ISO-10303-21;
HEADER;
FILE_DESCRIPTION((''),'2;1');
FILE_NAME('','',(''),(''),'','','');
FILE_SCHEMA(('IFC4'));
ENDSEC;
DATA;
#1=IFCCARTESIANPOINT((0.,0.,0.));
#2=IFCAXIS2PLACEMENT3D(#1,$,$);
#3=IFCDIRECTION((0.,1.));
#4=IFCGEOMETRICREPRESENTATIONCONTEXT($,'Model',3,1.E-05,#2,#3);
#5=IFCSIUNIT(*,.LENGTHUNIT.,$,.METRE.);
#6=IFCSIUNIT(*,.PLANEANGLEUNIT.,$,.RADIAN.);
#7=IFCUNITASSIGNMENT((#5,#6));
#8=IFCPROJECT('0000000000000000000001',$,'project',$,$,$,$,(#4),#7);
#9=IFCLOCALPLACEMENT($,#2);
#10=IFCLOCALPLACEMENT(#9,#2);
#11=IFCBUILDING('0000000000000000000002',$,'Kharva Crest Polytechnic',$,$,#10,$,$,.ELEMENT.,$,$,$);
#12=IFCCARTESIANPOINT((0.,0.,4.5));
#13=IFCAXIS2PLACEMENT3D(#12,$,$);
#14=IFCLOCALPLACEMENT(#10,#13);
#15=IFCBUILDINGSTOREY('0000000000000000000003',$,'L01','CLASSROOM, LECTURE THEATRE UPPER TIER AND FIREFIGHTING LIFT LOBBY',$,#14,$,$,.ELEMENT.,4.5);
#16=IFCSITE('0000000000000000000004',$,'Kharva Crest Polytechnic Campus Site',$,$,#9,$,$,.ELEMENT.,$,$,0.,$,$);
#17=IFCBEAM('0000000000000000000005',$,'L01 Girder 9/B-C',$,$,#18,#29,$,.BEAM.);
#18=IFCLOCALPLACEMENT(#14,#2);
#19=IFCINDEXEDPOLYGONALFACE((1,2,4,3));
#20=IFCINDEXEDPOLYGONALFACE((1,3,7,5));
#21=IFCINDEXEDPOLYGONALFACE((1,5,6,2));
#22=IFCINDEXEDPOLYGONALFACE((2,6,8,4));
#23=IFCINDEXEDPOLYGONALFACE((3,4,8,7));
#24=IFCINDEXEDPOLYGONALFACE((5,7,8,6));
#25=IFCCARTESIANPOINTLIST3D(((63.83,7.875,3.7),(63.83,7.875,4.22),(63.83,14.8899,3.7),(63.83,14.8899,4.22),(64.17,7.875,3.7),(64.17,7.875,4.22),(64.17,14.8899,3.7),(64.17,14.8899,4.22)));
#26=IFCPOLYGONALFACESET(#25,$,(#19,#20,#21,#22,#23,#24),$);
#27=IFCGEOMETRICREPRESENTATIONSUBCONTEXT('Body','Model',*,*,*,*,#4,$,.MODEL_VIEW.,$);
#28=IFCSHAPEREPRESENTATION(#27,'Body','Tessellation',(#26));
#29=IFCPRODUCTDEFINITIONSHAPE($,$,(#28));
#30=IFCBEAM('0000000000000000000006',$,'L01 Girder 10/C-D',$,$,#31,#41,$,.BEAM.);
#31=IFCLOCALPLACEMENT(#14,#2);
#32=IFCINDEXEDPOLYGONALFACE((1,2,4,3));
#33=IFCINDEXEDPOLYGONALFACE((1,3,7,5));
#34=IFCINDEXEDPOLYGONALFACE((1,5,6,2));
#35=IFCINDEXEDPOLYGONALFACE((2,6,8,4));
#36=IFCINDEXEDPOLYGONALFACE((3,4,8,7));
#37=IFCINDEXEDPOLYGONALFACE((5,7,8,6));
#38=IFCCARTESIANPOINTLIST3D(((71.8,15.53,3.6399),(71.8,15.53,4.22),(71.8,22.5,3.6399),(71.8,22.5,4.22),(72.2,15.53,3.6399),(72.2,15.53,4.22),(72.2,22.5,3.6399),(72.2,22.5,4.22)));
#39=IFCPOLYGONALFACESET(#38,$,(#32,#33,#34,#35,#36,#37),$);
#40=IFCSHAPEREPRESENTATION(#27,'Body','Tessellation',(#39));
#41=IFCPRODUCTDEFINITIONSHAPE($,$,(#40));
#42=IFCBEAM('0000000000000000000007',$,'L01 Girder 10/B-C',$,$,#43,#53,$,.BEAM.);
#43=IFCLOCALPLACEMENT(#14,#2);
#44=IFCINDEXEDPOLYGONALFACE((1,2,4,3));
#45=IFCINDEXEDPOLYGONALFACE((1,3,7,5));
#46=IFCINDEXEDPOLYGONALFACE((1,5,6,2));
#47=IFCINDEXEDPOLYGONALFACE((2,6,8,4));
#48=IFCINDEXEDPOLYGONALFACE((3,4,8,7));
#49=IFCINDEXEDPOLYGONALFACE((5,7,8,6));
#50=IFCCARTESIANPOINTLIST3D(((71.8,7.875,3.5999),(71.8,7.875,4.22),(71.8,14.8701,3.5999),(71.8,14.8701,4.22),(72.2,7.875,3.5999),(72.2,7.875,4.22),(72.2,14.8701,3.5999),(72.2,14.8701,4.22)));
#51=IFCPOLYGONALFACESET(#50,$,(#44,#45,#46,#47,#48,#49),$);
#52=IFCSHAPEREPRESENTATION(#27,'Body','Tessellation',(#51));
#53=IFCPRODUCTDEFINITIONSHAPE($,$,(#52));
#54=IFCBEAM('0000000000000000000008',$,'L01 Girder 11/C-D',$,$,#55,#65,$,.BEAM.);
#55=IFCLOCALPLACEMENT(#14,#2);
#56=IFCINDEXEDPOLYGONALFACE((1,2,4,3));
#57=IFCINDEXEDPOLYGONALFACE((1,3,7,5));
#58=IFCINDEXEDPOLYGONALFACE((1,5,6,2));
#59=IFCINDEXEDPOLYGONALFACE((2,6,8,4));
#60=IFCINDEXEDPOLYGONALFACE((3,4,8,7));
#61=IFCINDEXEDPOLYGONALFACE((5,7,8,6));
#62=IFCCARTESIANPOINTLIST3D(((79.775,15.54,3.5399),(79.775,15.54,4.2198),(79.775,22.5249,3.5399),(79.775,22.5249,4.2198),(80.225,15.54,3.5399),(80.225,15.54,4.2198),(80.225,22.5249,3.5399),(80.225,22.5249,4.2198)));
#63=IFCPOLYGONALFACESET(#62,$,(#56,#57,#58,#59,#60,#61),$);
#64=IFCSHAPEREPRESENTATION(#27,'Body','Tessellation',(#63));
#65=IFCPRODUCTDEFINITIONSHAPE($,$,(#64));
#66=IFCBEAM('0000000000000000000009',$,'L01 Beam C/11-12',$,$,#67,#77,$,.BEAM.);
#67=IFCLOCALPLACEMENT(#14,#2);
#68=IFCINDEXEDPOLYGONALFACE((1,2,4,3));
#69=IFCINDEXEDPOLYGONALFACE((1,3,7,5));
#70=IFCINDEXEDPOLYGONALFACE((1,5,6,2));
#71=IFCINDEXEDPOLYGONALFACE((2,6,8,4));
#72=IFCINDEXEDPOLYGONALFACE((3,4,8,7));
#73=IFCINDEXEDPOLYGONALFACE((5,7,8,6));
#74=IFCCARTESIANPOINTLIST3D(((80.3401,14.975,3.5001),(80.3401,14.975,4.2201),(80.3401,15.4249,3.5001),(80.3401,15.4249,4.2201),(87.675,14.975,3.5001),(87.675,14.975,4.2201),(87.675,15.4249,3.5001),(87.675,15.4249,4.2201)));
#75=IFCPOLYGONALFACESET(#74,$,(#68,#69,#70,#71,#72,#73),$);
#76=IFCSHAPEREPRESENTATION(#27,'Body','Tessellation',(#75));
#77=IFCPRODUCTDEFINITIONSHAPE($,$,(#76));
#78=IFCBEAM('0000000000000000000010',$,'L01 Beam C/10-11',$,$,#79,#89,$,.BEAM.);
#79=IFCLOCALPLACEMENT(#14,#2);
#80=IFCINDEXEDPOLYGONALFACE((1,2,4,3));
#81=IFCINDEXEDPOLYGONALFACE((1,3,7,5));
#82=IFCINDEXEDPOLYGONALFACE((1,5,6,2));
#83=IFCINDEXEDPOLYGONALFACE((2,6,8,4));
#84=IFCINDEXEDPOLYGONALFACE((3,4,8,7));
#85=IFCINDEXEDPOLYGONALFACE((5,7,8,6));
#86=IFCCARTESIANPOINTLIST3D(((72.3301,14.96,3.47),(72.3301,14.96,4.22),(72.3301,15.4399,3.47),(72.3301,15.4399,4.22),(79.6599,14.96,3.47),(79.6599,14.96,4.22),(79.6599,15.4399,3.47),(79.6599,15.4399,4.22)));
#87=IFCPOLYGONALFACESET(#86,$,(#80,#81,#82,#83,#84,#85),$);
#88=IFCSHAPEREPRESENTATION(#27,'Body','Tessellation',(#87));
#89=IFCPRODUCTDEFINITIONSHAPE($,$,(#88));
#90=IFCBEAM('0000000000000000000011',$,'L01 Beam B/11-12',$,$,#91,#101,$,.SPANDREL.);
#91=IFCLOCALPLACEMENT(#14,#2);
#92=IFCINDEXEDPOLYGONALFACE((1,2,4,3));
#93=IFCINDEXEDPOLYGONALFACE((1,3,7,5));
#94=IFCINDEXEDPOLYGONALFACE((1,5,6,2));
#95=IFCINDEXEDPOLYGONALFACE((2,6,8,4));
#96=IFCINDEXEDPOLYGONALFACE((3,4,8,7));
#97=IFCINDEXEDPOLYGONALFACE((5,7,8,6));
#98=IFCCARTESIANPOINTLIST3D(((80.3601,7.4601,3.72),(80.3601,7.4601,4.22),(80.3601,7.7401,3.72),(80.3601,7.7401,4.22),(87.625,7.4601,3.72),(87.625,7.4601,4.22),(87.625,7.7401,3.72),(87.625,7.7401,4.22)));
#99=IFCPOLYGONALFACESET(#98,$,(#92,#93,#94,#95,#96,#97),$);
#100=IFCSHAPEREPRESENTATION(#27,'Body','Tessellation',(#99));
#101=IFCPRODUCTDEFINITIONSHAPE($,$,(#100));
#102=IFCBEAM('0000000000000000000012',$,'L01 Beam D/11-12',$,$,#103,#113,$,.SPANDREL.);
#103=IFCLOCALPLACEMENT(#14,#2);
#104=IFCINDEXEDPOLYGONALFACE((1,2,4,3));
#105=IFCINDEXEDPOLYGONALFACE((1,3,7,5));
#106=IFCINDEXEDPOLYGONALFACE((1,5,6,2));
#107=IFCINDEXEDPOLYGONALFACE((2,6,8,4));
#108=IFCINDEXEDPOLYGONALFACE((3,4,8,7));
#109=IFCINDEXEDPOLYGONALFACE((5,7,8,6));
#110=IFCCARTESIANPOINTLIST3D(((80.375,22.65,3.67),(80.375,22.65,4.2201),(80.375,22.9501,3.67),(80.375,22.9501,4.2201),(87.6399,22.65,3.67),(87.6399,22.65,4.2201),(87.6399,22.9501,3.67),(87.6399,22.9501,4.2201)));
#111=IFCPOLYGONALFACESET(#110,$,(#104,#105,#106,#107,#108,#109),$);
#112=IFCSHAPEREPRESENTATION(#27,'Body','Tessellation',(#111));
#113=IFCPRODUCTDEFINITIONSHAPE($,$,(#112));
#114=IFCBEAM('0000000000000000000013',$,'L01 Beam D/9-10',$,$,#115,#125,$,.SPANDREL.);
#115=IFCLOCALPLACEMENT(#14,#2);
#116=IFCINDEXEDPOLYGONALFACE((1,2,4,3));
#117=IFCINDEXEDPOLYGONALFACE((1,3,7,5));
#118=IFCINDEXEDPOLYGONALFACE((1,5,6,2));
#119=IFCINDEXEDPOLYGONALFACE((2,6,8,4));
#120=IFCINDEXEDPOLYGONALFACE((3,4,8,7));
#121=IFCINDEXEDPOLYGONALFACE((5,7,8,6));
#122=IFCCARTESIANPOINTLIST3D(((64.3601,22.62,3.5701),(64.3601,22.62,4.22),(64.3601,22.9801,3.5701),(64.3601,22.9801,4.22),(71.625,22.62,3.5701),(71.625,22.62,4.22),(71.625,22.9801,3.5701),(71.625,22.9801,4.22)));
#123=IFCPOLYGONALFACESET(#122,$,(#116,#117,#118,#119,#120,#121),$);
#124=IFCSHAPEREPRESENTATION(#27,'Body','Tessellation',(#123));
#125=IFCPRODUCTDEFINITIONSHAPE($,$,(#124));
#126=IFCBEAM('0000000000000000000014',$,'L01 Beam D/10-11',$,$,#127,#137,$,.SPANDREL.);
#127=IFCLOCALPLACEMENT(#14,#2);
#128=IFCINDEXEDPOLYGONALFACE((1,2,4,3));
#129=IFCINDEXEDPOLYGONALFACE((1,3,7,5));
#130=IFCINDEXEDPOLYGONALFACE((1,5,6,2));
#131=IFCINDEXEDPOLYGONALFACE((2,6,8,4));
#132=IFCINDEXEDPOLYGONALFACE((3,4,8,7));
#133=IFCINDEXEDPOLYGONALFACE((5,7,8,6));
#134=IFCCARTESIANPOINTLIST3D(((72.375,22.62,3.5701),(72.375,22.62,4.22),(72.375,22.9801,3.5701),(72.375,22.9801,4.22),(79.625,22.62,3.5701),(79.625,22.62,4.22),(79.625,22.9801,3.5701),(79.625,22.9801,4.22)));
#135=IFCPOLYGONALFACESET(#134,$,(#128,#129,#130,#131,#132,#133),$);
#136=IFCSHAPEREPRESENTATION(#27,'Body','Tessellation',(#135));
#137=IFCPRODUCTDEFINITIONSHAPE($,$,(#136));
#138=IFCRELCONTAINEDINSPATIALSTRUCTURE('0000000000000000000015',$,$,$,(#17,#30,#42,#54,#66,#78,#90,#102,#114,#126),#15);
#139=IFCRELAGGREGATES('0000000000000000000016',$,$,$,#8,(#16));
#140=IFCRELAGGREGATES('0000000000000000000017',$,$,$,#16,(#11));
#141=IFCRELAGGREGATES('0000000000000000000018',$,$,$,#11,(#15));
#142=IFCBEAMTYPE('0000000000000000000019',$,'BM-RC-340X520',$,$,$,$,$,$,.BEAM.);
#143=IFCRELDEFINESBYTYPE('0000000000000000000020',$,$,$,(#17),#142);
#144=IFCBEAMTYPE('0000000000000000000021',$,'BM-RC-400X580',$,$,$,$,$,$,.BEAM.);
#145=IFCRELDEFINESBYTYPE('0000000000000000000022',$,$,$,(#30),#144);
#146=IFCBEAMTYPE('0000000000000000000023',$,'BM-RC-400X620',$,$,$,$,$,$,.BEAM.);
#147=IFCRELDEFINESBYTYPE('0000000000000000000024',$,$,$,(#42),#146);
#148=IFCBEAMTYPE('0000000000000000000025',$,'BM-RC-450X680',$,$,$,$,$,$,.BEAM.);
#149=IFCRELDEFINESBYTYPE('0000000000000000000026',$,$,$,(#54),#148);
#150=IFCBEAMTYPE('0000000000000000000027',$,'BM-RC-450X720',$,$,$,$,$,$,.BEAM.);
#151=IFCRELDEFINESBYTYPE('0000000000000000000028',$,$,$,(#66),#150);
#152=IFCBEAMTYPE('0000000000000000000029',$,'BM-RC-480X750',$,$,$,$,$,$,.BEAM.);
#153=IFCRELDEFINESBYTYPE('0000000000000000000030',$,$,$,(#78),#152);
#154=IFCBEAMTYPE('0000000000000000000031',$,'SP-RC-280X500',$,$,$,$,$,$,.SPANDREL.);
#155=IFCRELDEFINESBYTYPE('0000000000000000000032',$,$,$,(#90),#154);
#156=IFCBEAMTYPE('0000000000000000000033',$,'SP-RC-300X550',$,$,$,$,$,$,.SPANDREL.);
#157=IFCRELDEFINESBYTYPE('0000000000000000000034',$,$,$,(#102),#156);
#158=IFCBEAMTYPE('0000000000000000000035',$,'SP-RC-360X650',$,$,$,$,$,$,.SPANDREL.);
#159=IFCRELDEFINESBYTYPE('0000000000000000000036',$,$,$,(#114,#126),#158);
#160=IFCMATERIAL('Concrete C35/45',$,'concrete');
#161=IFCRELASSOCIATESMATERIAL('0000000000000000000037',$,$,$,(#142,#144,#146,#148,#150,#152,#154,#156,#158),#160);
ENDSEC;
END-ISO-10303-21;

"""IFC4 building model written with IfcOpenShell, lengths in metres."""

from ifc_helpers import new_model, si_unit, direction, frame, origin, origin_2d, place, context, subcontext, project, spatial, rectangle, extrude, material, material_profile, profile_set, type_object, element, save


model = new_model("IFC4")

# Units and contexts
model_context = context("Model", 3, precision=1e-05, world=origin(), true_north=direction((0.0, 1.0)))
body_context = subcontext(model_context, "Body", "Model", "MODEL_VIEW")
ifc_project = project(units=[si_unit("LENGTHUNIT", "METRE"), si_unit("PLANEANGLEUNIT", "RADIAN")], contexts=[model_context])

# Site, building, storey
site_placement = place(None, origin())
site = spatial("IfcSite", under=ifc_project, at=site_placement, Name="Kharva Crest Polytechnic Campus Site", CompositionType="ELEMENT", RefElevation=0.0)
building_placement = place(site_placement, origin())
building = spatial("IfcBuilding", under=site, at=building_placement, Name="Kharva Crest Polytechnic", CompositionType="ELEMENT")
storey_placement = place(building_placement, frame((0.0, 0.0, 4.5)))
storey = spatial("IfcBuildingStorey", under=building, at=storey_placement, Name="L01", Description="CLASSROOM, LECTURE THEATRE UPPER TIER AND FIREFIGHTING LIFT LOBBY", CompositionType="ELEMENT", Elevation=4.5)

# Beams
ifc_material_1 = material(Name="Concrete C35/45", Category="concrete")
ifc_material_profile_1 = material_profile(ifc_material_1, rectangle(XDim=0.3401, YDim=0.52, at=origin_2d()), Name="RECT 340 X 520")
ifc_profile_set_1 = profile_set([ifc_material_profile_1], Name="Concrete C35/45")
beam_type_1 = type_object("IfcBeamType", Name="BM-RC-340X520", PredefinedType="BEAM", material=ifc_profile_set_1)
beam_1_placement = place(storey_placement, frame((64.0, 7.875, 3.96), z_axis=(0.0, 1.0, 0.0), x_axis=(-1.0, 0.0, 0.0)))
element("IfcBeam", 1, at=beam_1_placement, inside=storey, type_object=beam_type_1, Name="L01 Girder 9/B-C", PredefinedType="BEAM", context=body_context, shape_type="SweptSolid", body=[
    extrude(rectangle(XDim=0.3401, YDim=0.52, at=origin_2d()), origin(), (0.0, 0.0, 1.0), 7.0149),
])
ifc_material_profile_2 = material_profile(ifc_material_1, rectangle(XDim=0.3999, YDim=0.5801, at=origin_2d()), Name="RECT 400 X 580")
ifc_profile_set_2 = profile_set([ifc_material_profile_2], Name="Concrete C35/45")
beam_type_2 = type_object("IfcBeamType", Name="BM-RC-400X580", PredefinedType="BEAM", material=ifc_profile_set_2)
beam_2_placement = place(storey_placement, frame((72.0, 15.53, 3.9299), z_axis=(0.0, 1.0, 0.0), x_axis=(-1.0, 0.0, 0.0)))
element("IfcBeam", 2, at=beam_2_placement, inside=storey, type_object=beam_type_2, Name="L01 Girder 10/C-D", PredefinedType="BEAM", context=body_context, shape_type="SweptSolid", body=[
    extrude(rectangle(XDim=0.3999, YDim=0.5801, at=origin_2d()), origin(), (0.0, 0.0, 1.0), 6.97),
])
ifc_material_profile_3 = material_profile(ifc_material_1, rectangle(XDim=0.3999, YDim=0.6201, at=origin_2d()), Name="RECT 400 X 620")
ifc_profile_set_3 = profile_set([ifc_material_profile_3], Name="Concrete C35/45")
beam_type_3 = type_object("IfcBeamType", Name="BM-RC-400X620", PredefinedType="BEAM", material=ifc_profile_set_3)
beam_3_placement = place(storey_placement, frame((72.0, 7.875, 3.9099), z_axis=(0.0, 1.0, 0.0), x_axis=(-1.0, 0.0, 0.0)))
element("IfcBeam", 3, at=beam_3_placement, inside=storey, type_object=beam_type_3, Name="L01 Girder 10/B-C", PredefinedType="BEAM", context=body_context, shape_type="SweptSolid", body=[
    extrude(rectangle(XDim=0.3999, YDim=0.6201, at=origin_2d()), origin(), (0.0, 0.0, 1.0), 6.9951),
])
ifc_material_profile_4 = material_profile(ifc_material_1, rectangle(XDim=0.45, YDim=0.6799, at=origin_2d()), Name="RECT 450 X 680")
ifc_profile_set_4 = profile_set([ifc_material_profile_4], Name="Concrete C35/45")
beam_type_4 = type_object("IfcBeamType", Name="BM-RC-450X680", PredefinedType="BEAM", material=ifc_profile_set_4)
beam_4_placement = place(storey_placement, frame((80.0, 15.54, 3.8799), z_axis=(0.0, 1.0, 0.0), x_axis=(-1.0, 0.0, 0.0)))
element("IfcBeam", 4, at=beam_4_placement, inside=storey, type_object=beam_type_4, Name="L01 Girder 11/C-D", PredefinedType="BEAM", context=body_context, shape_type="SweptSolid", body=[
    extrude(rectangle(XDim=0.45, YDim=0.6799, at=origin_2d()), origin(), (0.0, 0.0, 1.0), 6.9849),
])
ifc_material_profile_5 = material_profile(ifc_material_1, rectangle(XDim=0.45, YDim=0.72, at=origin_2d()), Name="RECT 450 X 720")
ifc_profile_set_5 = profile_set([ifc_material_profile_5], Name="Concrete C35/45")
beam_type_5 = type_object("IfcBeamType", Name="BM-RC-450X720", PredefinedType="BEAM", material=ifc_profile_set_5)
beam_5_placement = place(storey_placement, frame((80.3401, 15.2, 3.8601), z_axis=(1.0, 0.0, 0.0), x_axis=(0.0, 1.0, 0.0)))
element("IfcBeam", 5, at=beam_5_placement, inside=storey, type_object=beam_type_5, Name="L01 Beam C/11-12", PredefinedType="BEAM", context=body_context, shape_type="SweptSolid", body=[
    extrude(rectangle(XDim=0.45, YDim=0.72, at=origin_2d()), origin(), (0.0, 0.0, 1.0), 7.335),
])
ifc_material_profile_6 = material_profile(ifc_material_1, rectangle(XDim=0.48, YDim=0.75, at=origin_2d()), Name="RECT 480 X 750")
ifc_profile_set_6 = profile_set([ifc_material_profile_6], Name="Concrete C35/45")
beam_type_6 = type_object("IfcBeamType", Name="BM-RC-480X750", PredefinedType="BEAM", material=ifc_profile_set_6)
beam_6_placement = place(storey_placement, frame((72.3301, 15.2, 3.845), z_axis=(1.0, 0.0, 0.0), x_axis=(0.0, 1.0, 0.0)))
element("IfcBeam", 6, at=beam_6_placement, inside=storey, type_object=beam_type_6, Name="L01 Beam C/10-11", PredefinedType="BEAM", context=body_context, shape_type="SweptSolid", body=[
    extrude(rectangle(XDim=0.48, YDim=0.75, at=origin_2d()), origin(), (0.0, 0.0, 1.0), 7.3298),
])
ifc_material_profile_7 = material_profile(ifc_material_1, rectangle(XDim=0.28, YDim=0.5, at=origin_2d()), Name="RECT 280 X 500")
ifc_profile_set_7 = profile_set([ifc_material_profile_7], Name="Concrete C35/45")
beam_type_7 = type_object("IfcBeamType", Name="SP-RC-280X500", PredefinedType="SPANDREL", material=ifc_profile_set_7)
beam_7_placement = place(storey_placement, frame((80.3601, 7.6001, 3.97), z_axis=(1.0, 0.0, 0.0), x_axis=(0.0, 1.0, 0.0)))
element("IfcBeam", 7, at=beam_7_placement, inside=storey, type_object=beam_type_7, Name="L01 Beam B/11-12", PredefinedType="SPANDREL", context=body_context, shape_type="SweptSolid", body=[
    extrude(rectangle(XDim=0.28, YDim=0.5, at=origin_2d()), origin(), (0.0, 0.0, 1.0), 7.2649),
])
ifc_material_profile_8 = material_profile(ifc_material_1, rectangle(XDim=0.3, YDim=0.55, at=origin_2d()), Name="RECT 300 X 550")
ifc_profile_set_8 = profile_set([ifc_material_profile_8], Name="Concrete C35/45")
beam_type_8 = type_object("IfcBeamType", Name="SP-RC-300X550", PredefinedType="SPANDREL", material=ifc_profile_set_8)
beam_8_placement = place(storey_placement, frame((80.375, 22.8, 3.9451), z_axis=(1.0, 0.0, 0.0), x_axis=(0.0, 1.0, 0.0)))
element("IfcBeam", 8, at=beam_8_placement, inside=storey, type_object=beam_type_8, Name="L01 Beam D/11-12", PredefinedType="SPANDREL", context=body_context, shape_type="SweptSolid", body=[
    extrude(rectangle(XDim=0.3, YDim=0.55, at=origin_2d()), origin(), (0.0, 0.0, 1.0), 7.2649),
])
ifc_material_profile_9 = material_profile(ifc_material_1, rectangle(XDim=0.3601, YDim=0.6499, at=origin_2d()), Name="RECT 360 X 650")
ifc_profile_set_9 = profile_set([ifc_material_profile_9], Name="Concrete C35/45")
beam_type_9 = type_object("IfcBeamType", Name="SP-RC-360X650", PredefinedType="SPANDREL", material=ifc_profile_set_9)
beam_9_placement = place(storey_placement, frame((64.3601, 22.8, 3.895), z_axis=(1.0, 0.0, 0.0), x_axis=(0.0, 1.0, 0.0)))
element("IfcBeam", 9, at=beam_9_placement, inside=storey, type_object=beam_type_9, Name="L01 Beam D/9-10", PredefinedType="SPANDREL", context=body_context, shape_type="SweptSolid", body=[
    extrude(rectangle(XDim=0.3601, YDim=0.6499, at=origin_2d()), origin(), (0.0, 0.0, 1.0), 7.2649),
])
beam_10_placement = place(storey_placement, frame((72.375, 22.8, 3.895), z_axis=(1.0, 0.0, 0.0), x_axis=(0.0, 1.0, 0.0)))
element("IfcBeam", 10, at=beam_10_placement, inside=storey, type_object=beam_type_9, Name="L01 Beam D/10-11", PredefinedType="SPANDREL", context=body_context, shape_type="SweptSolid", body=[
    extrude(rectangle(XDim=0.3601, YDim=0.6499, at=origin_2d()), origin(), (0.0, 0.0, 1.0), 7.25),
])

save(model, "model.ifc")
